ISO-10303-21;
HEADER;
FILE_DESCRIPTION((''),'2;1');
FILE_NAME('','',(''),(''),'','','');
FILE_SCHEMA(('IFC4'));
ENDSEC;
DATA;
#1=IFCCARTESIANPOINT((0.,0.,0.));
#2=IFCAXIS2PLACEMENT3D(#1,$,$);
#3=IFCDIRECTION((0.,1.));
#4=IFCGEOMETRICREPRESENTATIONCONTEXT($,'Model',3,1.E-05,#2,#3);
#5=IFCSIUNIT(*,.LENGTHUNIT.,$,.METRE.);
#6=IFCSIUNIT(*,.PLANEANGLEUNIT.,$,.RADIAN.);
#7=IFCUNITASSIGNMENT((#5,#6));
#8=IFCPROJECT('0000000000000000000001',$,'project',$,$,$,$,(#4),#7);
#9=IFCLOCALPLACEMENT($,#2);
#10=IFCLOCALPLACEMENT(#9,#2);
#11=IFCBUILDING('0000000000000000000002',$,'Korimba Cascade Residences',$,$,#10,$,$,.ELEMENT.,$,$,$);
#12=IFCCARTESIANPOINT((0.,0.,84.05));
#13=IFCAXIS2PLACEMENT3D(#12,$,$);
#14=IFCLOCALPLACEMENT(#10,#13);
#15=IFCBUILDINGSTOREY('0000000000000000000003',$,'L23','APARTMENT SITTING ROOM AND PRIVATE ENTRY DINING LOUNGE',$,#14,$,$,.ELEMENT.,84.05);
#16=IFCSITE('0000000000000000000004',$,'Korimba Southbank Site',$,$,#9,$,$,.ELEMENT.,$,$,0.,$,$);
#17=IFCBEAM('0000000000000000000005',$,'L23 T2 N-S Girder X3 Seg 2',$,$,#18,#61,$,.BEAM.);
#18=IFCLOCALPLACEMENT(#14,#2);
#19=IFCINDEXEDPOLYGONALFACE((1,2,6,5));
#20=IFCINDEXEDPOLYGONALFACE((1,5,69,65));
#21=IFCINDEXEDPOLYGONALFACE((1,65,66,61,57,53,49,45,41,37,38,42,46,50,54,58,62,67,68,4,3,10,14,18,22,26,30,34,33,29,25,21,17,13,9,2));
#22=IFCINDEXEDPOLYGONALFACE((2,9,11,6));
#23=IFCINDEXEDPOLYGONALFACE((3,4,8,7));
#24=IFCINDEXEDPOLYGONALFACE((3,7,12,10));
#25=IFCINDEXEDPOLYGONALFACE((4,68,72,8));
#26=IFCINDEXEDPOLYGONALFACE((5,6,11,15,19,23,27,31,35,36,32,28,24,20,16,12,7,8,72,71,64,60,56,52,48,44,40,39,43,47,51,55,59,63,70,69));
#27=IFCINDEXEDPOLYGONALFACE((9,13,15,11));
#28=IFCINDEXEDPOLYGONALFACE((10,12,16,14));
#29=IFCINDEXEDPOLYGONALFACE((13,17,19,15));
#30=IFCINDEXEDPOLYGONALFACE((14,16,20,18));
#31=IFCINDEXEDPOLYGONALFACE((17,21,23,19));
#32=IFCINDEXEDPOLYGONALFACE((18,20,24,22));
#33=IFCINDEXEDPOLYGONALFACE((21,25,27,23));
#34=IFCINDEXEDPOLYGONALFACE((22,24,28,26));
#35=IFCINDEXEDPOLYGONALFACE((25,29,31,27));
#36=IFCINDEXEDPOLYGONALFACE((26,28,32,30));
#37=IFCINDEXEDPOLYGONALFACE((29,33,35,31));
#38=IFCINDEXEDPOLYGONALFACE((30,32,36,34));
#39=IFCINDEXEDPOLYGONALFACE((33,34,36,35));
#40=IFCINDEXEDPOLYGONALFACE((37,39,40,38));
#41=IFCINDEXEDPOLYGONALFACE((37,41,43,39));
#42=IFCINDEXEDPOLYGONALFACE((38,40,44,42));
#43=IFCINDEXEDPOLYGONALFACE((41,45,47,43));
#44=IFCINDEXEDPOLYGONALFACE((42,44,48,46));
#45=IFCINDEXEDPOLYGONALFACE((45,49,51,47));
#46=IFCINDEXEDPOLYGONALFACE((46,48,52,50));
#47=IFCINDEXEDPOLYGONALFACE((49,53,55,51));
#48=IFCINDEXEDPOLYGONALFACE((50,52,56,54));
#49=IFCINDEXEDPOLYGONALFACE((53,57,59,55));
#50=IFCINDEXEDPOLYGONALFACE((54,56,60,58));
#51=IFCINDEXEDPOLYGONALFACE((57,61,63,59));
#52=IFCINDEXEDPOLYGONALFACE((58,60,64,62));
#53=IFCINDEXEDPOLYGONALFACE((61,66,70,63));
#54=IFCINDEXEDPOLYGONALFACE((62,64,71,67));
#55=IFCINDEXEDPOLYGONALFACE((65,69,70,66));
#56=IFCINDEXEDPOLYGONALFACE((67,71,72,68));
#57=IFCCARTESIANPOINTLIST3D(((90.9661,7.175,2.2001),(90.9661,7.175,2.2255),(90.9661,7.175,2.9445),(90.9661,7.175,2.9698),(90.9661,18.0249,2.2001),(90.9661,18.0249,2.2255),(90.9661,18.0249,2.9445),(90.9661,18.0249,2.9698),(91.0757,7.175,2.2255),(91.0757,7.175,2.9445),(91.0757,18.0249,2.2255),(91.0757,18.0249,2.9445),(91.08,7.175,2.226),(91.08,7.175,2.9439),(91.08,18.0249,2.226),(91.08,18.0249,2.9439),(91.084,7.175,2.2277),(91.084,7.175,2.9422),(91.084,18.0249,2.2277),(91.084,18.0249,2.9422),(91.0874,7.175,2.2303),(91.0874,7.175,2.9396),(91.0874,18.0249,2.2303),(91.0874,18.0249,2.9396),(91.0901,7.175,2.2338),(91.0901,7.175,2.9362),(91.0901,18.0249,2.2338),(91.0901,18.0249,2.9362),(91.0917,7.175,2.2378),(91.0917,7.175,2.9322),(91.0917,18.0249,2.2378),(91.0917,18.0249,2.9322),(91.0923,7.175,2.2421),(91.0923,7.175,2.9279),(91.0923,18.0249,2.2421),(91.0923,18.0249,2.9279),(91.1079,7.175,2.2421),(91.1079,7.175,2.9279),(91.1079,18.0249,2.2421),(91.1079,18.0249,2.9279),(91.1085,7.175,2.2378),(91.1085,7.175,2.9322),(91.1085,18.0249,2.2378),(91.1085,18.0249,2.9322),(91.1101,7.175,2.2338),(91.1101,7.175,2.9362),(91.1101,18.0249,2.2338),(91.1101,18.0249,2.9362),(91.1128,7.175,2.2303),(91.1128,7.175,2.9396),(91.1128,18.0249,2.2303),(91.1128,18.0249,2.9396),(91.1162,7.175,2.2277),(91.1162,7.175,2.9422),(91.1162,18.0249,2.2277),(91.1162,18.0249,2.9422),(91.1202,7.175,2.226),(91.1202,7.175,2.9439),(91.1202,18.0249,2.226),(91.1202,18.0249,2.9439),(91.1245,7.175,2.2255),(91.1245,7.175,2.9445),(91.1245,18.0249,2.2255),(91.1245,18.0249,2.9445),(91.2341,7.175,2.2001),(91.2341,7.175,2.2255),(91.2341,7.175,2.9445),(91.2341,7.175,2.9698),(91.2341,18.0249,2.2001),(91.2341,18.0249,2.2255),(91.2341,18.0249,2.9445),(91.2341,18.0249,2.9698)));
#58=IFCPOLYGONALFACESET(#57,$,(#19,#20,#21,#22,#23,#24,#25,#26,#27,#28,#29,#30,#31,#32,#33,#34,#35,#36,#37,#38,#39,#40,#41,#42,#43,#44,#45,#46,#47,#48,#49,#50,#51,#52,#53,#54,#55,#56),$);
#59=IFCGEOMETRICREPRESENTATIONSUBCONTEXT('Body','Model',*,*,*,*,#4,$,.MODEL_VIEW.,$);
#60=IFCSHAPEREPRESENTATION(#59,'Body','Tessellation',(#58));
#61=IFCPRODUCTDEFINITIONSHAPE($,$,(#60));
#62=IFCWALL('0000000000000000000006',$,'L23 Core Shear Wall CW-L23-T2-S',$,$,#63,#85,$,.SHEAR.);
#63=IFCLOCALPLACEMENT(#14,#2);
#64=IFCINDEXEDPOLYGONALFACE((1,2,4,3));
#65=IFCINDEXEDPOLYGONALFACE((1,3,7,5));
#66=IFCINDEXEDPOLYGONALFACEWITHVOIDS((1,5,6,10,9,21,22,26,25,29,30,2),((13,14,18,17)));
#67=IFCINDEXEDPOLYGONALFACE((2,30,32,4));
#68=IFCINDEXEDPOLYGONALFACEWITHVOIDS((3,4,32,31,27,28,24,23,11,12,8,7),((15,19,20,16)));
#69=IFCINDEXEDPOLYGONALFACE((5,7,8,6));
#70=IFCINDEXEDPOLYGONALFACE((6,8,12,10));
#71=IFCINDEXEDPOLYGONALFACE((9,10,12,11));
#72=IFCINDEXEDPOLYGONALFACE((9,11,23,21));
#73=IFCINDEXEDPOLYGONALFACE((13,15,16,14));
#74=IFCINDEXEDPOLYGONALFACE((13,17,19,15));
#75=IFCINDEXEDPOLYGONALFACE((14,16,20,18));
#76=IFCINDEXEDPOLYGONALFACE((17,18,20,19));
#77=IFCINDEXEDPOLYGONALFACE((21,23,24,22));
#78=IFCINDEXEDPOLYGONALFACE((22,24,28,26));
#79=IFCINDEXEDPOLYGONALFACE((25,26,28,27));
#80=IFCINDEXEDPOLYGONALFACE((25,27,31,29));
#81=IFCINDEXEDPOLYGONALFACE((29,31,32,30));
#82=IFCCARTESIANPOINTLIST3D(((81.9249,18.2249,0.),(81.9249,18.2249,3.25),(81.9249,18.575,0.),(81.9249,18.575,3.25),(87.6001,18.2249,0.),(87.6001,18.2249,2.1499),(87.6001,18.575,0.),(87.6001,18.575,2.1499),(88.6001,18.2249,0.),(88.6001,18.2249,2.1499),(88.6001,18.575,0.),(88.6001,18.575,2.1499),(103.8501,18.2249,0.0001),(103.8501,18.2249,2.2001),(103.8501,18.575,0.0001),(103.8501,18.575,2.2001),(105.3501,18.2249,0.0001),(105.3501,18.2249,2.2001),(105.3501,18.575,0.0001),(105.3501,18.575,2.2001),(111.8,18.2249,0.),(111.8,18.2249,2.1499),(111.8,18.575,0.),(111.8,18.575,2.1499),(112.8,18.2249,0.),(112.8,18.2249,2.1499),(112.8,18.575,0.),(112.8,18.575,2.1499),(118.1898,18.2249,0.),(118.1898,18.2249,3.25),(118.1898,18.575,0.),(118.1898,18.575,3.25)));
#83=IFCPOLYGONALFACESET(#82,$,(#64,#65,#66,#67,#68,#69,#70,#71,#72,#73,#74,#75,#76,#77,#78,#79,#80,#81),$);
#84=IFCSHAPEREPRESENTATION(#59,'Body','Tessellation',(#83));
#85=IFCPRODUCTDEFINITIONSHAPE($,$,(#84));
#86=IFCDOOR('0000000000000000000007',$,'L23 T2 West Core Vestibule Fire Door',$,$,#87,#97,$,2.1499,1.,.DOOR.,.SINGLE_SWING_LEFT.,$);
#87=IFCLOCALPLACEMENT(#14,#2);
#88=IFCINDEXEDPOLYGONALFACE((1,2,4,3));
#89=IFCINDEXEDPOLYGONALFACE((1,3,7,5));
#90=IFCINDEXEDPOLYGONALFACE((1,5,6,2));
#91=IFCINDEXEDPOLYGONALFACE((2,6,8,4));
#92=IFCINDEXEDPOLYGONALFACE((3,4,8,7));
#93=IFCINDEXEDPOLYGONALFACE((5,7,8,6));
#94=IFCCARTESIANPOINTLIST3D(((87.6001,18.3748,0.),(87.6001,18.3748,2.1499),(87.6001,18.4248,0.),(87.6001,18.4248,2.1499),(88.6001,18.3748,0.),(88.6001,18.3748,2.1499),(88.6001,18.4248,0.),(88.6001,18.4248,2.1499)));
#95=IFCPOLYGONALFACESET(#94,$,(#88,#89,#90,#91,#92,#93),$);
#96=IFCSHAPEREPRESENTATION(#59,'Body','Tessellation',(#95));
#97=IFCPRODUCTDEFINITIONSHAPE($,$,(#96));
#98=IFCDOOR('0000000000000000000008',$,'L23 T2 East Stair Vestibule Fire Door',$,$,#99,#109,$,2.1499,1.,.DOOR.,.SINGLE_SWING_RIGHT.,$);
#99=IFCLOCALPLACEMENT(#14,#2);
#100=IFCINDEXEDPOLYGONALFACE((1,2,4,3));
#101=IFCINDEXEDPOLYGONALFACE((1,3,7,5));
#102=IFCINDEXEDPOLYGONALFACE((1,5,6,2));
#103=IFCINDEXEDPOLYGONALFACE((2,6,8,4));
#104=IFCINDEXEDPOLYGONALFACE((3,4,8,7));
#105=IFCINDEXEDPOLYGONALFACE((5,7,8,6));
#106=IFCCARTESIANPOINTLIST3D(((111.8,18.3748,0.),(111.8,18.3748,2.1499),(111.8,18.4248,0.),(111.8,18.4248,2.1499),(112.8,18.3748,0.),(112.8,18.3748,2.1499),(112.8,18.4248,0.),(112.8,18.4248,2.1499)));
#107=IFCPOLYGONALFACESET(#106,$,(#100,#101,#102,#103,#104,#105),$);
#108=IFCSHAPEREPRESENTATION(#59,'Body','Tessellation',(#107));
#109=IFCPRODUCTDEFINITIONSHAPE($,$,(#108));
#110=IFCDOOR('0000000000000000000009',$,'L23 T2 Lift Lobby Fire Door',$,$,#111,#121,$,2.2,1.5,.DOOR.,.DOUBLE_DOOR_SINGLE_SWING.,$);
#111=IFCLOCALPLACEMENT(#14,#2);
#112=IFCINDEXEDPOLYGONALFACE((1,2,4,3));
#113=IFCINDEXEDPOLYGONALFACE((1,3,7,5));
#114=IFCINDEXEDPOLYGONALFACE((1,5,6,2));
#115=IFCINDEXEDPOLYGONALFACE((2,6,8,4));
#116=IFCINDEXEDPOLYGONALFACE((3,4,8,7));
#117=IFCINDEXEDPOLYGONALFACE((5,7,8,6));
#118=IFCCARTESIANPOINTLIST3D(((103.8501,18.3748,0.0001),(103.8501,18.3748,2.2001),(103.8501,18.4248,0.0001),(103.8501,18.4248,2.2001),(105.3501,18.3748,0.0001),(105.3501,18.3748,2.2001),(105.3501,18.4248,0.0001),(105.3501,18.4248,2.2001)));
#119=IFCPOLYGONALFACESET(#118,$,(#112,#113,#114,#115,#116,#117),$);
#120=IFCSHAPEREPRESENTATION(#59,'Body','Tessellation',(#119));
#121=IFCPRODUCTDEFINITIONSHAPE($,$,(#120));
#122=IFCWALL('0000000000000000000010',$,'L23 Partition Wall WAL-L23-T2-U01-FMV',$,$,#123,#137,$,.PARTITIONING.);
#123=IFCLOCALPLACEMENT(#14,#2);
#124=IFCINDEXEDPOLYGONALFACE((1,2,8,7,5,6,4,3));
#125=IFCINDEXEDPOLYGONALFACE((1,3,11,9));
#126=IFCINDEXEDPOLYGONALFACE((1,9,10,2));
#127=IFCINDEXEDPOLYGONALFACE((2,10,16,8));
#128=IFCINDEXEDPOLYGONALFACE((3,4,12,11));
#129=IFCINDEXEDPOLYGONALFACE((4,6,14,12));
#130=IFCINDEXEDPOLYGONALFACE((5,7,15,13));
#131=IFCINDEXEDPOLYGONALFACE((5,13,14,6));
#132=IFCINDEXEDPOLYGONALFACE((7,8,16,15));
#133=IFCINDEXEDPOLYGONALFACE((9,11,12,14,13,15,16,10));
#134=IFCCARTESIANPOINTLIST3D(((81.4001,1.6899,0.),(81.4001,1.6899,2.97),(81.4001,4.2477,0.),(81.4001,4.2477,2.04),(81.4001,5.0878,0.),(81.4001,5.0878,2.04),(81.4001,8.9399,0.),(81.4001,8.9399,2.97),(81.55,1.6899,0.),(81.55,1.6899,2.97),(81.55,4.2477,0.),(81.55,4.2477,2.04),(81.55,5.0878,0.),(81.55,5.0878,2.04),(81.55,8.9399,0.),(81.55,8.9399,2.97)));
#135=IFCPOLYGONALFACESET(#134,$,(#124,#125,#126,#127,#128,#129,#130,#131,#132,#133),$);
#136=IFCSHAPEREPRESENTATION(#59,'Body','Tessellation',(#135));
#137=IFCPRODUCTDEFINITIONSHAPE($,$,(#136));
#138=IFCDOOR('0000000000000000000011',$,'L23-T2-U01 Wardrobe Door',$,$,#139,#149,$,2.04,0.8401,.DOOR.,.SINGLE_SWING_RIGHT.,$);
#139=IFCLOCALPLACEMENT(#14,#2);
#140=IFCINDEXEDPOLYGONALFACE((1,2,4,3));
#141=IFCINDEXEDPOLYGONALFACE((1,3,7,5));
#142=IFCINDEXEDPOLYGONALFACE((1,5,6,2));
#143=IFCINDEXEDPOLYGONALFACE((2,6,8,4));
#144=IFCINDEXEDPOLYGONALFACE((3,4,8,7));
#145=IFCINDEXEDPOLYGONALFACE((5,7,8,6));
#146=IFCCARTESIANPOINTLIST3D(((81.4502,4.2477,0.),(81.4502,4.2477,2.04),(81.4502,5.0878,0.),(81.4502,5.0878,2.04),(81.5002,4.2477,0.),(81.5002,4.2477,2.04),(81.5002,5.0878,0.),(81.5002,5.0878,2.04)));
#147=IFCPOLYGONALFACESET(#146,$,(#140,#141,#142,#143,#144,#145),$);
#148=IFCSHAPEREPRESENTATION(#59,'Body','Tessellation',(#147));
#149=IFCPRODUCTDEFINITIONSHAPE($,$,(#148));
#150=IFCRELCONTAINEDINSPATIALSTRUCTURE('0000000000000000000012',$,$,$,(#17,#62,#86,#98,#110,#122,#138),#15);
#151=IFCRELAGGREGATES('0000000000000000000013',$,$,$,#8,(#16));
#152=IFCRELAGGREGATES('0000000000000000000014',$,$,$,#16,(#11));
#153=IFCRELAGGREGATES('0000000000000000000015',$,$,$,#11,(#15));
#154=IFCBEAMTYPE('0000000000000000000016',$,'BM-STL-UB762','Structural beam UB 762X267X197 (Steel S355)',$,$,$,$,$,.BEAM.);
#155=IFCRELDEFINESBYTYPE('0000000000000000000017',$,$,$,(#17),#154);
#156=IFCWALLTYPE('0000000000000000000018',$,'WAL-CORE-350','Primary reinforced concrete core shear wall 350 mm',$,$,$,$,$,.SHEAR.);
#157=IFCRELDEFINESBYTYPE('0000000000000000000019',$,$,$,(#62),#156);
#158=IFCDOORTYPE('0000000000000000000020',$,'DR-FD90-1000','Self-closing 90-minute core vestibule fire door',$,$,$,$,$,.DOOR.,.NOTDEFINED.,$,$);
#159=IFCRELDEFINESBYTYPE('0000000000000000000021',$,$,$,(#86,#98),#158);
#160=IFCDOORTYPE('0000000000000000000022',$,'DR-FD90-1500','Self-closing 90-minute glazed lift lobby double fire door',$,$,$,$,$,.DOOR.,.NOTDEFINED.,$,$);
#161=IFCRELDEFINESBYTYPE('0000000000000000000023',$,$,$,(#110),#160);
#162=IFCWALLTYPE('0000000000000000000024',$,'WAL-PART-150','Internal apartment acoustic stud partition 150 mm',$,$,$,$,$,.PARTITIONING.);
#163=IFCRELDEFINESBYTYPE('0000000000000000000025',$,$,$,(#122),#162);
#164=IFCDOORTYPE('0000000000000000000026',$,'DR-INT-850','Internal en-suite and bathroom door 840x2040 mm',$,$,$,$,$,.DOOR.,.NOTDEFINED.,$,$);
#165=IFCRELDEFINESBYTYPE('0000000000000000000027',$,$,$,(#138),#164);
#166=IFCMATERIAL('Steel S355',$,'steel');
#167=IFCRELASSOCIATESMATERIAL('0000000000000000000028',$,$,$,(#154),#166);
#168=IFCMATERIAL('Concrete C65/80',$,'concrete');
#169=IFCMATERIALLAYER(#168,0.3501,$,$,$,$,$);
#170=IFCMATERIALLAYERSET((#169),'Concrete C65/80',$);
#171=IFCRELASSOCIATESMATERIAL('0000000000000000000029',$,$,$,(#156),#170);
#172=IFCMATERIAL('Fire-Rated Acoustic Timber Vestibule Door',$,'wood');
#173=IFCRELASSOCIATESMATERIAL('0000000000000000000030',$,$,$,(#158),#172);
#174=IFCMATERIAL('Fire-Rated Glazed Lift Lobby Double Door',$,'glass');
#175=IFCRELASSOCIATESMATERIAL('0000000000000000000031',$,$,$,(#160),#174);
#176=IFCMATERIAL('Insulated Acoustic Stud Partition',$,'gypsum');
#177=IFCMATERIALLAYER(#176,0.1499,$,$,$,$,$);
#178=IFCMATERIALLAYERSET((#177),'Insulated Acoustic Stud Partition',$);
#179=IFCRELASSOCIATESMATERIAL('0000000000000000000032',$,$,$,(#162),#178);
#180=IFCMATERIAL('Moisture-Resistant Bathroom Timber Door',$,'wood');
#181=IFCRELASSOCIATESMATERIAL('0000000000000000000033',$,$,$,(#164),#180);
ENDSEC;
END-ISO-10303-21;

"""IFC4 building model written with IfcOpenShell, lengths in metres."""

from ifc_helpers import new_model, si_unit, direction, frame, frame_2d, origin, origin_2d, place, context, subcontext, project, spatial, rectangle, i_section, extrude, material, layer, layer_set, material_profile, profile_set, type_object, element, fill, save


model = new_model("IFC4")

# Units and contexts
model_context = context("Model", 3, precision=1e-05, world=origin(), true_north=direction((0.0, 1.0)))
body_context = subcontext(model_context, "Body", "Model", "MODEL_VIEW")
ifc_project = project(units=[si_unit("LENGTHUNIT", "METRE"), si_unit("PLANEANGLEUNIT", "RADIAN")], contexts=[model_context])

# Site, building, storey
site_placement = place(None, origin())
site = spatial("IfcSite", under=ifc_project, at=site_placement, Name="Korimba Southbank Site", CompositionType="ELEMENT", RefElevation=0.0)
building_placement = place(site_placement, origin())
building = spatial("IfcBuilding", under=site, at=building_placement, Name="Korimba Cascade Residences", CompositionType="ELEMENT")
storey_placement = place(building_placement, frame((0.0, 0.0, 84.05)))
storey = spatial("IfcBuildingStorey", under=building, at=storey_placement, Name="L23", Description="APARTMENT SITTING ROOM AND PRIVATE ENTRY DINING LOUNGE", CompositionType="ELEMENT", Elevation=84.05)

# Shared definitions
ifc_material_1 = material(Name="Concrete C65/80", Category="concrete")

# Beam
ifc_material_2 = material(Name="Steel S355", Category="steel")
ifc_material_profile_1 = material_profile(ifc_material_2, i_section(OverallWidth=0.2681, OverallDepth=0.7698, WebThickness=0.0156, FlangeThickness=0.0254, FilletRadius=0.0166, at=origin_2d()), Name="Steel S355")
ifc_profile_set_1 = profile_set([ifc_material_profile_1], Name="Steel S355")
beam_type_1 = type_object("IfcBeamType", Name="BM-STL-UB762", Description="Structural beam UB 762X267X197 (Steel S355)", PredefinedType="BEAM", material=ifc_profile_set_1)
for number, where, z_axis, x_axis, name in (
    (1, (91.1001, 7.175, 2.585), (0.0, 1.0, 0.0), (-1.0, 0.0, 0.0), "L23 T2 N-S Girder X3 Seg 2"),
):
    element("IfcBeam", number, at=place(storey_placement, frame(where, z_axis=z_axis, x_axis=x_axis)), inside=storey, type_object=beam_type_1, Name=name, PredefinedType="BEAM", context=body_context, shape_type="SweptSolid", body=[
        extrude(i_section(OverallWidth=0.2681, OverallDepth=0.7698, WebThickness=0.0156, FlangeThickness=0.0254, FilletRadius=0.0166, at=origin_2d()), origin(), (0.0, 0.0, 1.0), 10.8499),
    ])

# Wall, openings, doors
ifc_layer_1 = layer(ifc_material_1, 0.3501)
ifc_layer_set_1 = layer_set([ifc_layer_1], Name="Concrete C65/80")
wall_type_1 = type_object("IfcWallType", Name="WAL-CORE-350", Description="Primary reinforced concrete core shear wall 350 mm", PredefinedType="SHEAR", material=ifc_layer_set_1)
wall_1_placement = place(storey_placement, frame((81.925, 18.3999, 0.0), z_axis=(0.0, 0.0, 1.0), x_axis=(1.0, 0.0, 0.0)))
wall_1 = element("IfcWall", 2, at=wall_1_placement, inside=storey, type_object=wall_type_1, Name="L23 Core Shear Wall CW-L23-T2-S", PredefinedType="SHEAR", context=body_context, shape_type="SweptSolid", body=[
    extrude(rectangle(XDim=36.2649, YDim=0.3501, at=frame_2d((18.1323, 0.0))), origin(), (0.0, 0.0, 1.0), 3.25),
])
opening_1_placement = place(wall_1_placement, frame((5.675, 0.0, 0.0)))
opening_1 = element("IfcOpeningElement", 3, at=opening_1_placement, cuts=wall_1, PredefinedType="OPENING", context=body_context, shape_type="SweptSolid", body=[
    extrude(rectangle(XDim=1.0, YDim=2.1499, at=frame_2d((0.5, 1.075))), frame((0.0, 0.1851, 0.0), z_axis=(0.0, -1.0, 0.0), x_axis=(1.0, 0.0, 0.0)), (0.0, 0.0, 1.0), 0.3701),
])
opening_2_placement = place(wall_1_placement, frame((21.925, 0.0, 0.0)))
opening_2 = element("IfcOpeningElement", 4, at=opening_2_placement, cuts=wall_1, PredefinedType="OPENING", context=body_context, shape_type="SweptSolid", body=[
    extrude(rectangle(XDim=1.5, YDim=2.2, at=frame_2d((0.75, 1.1001))), frame((0.0, 0.1851, 0.0), z_axis=(0.0, -1.0, 0.0), x_axis=(1.0, 0.0, 0.0)), (0.0, 0.0, 1.0), 0.3701),
])
opening_3_placement = place(wall_1_placement, frame((29.875, 0.0, 0.0)))
opening_3 = element("IfcOpeningElement", 5, at=opening_3_placement, cuts=wall_1, PredefinedType="OPENING", context=body_context, shape_type="SweptSolid", body=[
    extrude(rectangle(XDim=1.0, YDim=2.1499, at=frame_2d((0.5, 1.075))), frame((0.0, 0.1851, 0.0), z_axis=(0.0, -1.0, 0.0), x_axis=(1.0, 0.0, 0.0)), (0.0, 0.0, 1.0), 0.3701),
])
ifc_material_3 = material(Name="Fire-Rated Acoustic Timber Vestibule Door", Category="wood")
door_type_1 = type_object("IfcDoorType", Name="DR-FD90-1000", Description="Self-closing 90-minute core vestibule fire door", OperationType="NOTDEFINED", PredefinedType="DOOR", material=ifc_material_3)
door_1_placement = place(opening_1_placement, origin())
door_1 = element("IfcDoor", 6, at=door_1_placement, inside=storey, type_object=door_type_1, Name="L23 T2 West Core Vestibule Fire Door", OperationType="SINGLE_SWING_LEFT", OverallHeight=2.1499, OverallWidth=1.0, PredefinedType="DOOR", context=body_context, shape_type="SweptSolid", body=[
    extrude(rectangle(XDim=1.0, YDim=2.1499, at=frame_2d((0.5, 1.075))), frame((0.0, 0.0249, 0.0), z_axis=(0.0, -1.0, 0.0), x_axis=(1.0, 0.0, 0.0)), (0.0, 0.0, 1.0), 0.05),
])
fill(opening_1, door_1)
door_2_placement = place(opening_3_placement, origin())
door_2 = element("IfcDoor", 7, at=door_2_placement, inside=storey, type_object=door_type_1, Name="L23 T2 East Stair Vestibule Fire Door", OperationType="SINGLE_SWING_RIGHT", OverallHeight=2.1499, OverallWidth=1.0, PredefinedType="DOOR", context=body_context, shape_type="SweptSolid", body=[
    extrude(rectangle(XDim=1.0, YDim=2.1499, at=frame_2d((0.5, 1.075))), frame((0.0, 0.0249, 0.0), z_axis=(0.0, -1.0, 0.0), x_axis=(1.0, 0.0, 0.0)), (0.0, 0.0, 1.0), 0.05),
])
fill(opening_3, door_2)
ifc_material_4 = material(Name="Fire-Rated Glazed Lift Lobby Double Door", Category="glass")
door_type_2 = type_object("IfcDoorType", Name="DR-FD90-1500", Description="Self-closing 90-minute glazed lift lobby double fire door", OperationType="NOTDEFINED", PredefinedType="DOOR", material=ifc_material_4)
door_3_placement = place(opening_2_placement, origin())
door_3 = element("IfcDoor", 8, at=door_3_placement, inside=storey, type_object=door_type_2, Name="L23 T2 Lift Lobby Fire Door", OperationType="DOUBLE_DOOR_SINGLE_SWING", OverallHeight=2.2, OverallWidth=1.5, PredefinedType="DOOR", context=body_context, shape_type="SweptSolid", body=[
    extrude(rectangle(XDim=1.5, YDim=2.2, at=frame_2d((0.75, 1.1001))), frame((0.0, 0.0249, 0.0), z_axis=(0.0, -1.0, 0.0), x_axis=(1.0, 0.0, 0.0)), (0.0, 0.0, 1.0), 0.05),
])
fill(opening_2, door_3)

# Wall, opening, door
ifc_material_5 = material(Name="Insulated Acoustic Stud Partition", Category="gypsum")
ifc_layer_2 = layer(ifc_material_5, 0.1499)
ifc_layer_set_2 = layer_set([ifc_layer_2], Name="Insulated Acoustic Stud Partition")
wall_type_2 = type_object("IfcWallType", Name="WAL-PART-150", Description="Internal apartment acoustic stud partition 150 mm", PredefinedType="PARTITIONING", material=ifc_layer_set_2)
wall_2_placement = place(storey_placement, frame((81.4751, 1.6899, 0.0), z_axis=(0.0, 0.0, 1.0), x_axis=(0.0, 1.0, 0.0)))
wall_2 = element("IfcWall", 9, at=wall_2_placement, inside=storey, type_object=wall_type_2, Name="L23 Partition Wall WAL-L23-T2-U01-FMV", PredefinedType="PARTITIONING", context=body_context, shape_type="SweptSolid", body=[
    extrude(rectangle(XDim=7.25, YDim=0.1499, at=frame_2d((3.625, 0.0))), origin(), (0.0, 0.0, 1.0), 2.97),
])
opening_4_placement = place(wall_2_placement, frame((2.5579, 0.0, 0.0)))
opening_4 = element("IfcOpeningElement", 10, at=opening_4_placement, cuts=wall_2, PredefinedType="OPENING", context=body_context, shape_type="SweptSolid", body=[
    extrude(rectangle(XDim=0.8401, YDim=2.04, at=frame_2d((0.4199, 1.02))), frame((0.0, 0.085, 0.0), z_axis=(0.0, -1.0, 0.0), x_axis=(1.0, 0.0, 0.0)), (0.0, 0.0, 1.0), 0.1699),
])
ifc_material_6 = material(Name="Moisture-Resistant Bathroom Timber Door", Category="wood")
door_type_3 = type_object("IfcDoorType", Name="DR-INT-850", Description="Internal en-suite and bathroom door 840x2040 mm", OperationType="NOTDEFINED", PredefinedType="DOOR", material=ifc_material_6)
door_4_placement = place(opening_4_placement, origin())
door_4 = element("IfcDoor", 11, at=door_4_placement, inside=storey, type_object=door_type_3, Name="L23-T2-U01 Wardrobe Door", OperationType="SINGLE_SWING_RIGHT", OverallHeight=2.04, OverallWidth=0.8401, PredefinedType="DOOR", context=body_context, shape_type="SweptSolid", body=[
    extrude(rectangle(XDim=0.8401, YDim=2.04, at=frame_2d((0.4199, 1.02))), frame((0.0, 0.0249, 0.0), z_axis=(0.0, -1.0, 0.0), x_axis=(1.0, 0.0, 0.0)), (0.0, 0.0, 1.0), 0.05),
])
fill(opening_4, door_4)

save(model, "model.ifc")
